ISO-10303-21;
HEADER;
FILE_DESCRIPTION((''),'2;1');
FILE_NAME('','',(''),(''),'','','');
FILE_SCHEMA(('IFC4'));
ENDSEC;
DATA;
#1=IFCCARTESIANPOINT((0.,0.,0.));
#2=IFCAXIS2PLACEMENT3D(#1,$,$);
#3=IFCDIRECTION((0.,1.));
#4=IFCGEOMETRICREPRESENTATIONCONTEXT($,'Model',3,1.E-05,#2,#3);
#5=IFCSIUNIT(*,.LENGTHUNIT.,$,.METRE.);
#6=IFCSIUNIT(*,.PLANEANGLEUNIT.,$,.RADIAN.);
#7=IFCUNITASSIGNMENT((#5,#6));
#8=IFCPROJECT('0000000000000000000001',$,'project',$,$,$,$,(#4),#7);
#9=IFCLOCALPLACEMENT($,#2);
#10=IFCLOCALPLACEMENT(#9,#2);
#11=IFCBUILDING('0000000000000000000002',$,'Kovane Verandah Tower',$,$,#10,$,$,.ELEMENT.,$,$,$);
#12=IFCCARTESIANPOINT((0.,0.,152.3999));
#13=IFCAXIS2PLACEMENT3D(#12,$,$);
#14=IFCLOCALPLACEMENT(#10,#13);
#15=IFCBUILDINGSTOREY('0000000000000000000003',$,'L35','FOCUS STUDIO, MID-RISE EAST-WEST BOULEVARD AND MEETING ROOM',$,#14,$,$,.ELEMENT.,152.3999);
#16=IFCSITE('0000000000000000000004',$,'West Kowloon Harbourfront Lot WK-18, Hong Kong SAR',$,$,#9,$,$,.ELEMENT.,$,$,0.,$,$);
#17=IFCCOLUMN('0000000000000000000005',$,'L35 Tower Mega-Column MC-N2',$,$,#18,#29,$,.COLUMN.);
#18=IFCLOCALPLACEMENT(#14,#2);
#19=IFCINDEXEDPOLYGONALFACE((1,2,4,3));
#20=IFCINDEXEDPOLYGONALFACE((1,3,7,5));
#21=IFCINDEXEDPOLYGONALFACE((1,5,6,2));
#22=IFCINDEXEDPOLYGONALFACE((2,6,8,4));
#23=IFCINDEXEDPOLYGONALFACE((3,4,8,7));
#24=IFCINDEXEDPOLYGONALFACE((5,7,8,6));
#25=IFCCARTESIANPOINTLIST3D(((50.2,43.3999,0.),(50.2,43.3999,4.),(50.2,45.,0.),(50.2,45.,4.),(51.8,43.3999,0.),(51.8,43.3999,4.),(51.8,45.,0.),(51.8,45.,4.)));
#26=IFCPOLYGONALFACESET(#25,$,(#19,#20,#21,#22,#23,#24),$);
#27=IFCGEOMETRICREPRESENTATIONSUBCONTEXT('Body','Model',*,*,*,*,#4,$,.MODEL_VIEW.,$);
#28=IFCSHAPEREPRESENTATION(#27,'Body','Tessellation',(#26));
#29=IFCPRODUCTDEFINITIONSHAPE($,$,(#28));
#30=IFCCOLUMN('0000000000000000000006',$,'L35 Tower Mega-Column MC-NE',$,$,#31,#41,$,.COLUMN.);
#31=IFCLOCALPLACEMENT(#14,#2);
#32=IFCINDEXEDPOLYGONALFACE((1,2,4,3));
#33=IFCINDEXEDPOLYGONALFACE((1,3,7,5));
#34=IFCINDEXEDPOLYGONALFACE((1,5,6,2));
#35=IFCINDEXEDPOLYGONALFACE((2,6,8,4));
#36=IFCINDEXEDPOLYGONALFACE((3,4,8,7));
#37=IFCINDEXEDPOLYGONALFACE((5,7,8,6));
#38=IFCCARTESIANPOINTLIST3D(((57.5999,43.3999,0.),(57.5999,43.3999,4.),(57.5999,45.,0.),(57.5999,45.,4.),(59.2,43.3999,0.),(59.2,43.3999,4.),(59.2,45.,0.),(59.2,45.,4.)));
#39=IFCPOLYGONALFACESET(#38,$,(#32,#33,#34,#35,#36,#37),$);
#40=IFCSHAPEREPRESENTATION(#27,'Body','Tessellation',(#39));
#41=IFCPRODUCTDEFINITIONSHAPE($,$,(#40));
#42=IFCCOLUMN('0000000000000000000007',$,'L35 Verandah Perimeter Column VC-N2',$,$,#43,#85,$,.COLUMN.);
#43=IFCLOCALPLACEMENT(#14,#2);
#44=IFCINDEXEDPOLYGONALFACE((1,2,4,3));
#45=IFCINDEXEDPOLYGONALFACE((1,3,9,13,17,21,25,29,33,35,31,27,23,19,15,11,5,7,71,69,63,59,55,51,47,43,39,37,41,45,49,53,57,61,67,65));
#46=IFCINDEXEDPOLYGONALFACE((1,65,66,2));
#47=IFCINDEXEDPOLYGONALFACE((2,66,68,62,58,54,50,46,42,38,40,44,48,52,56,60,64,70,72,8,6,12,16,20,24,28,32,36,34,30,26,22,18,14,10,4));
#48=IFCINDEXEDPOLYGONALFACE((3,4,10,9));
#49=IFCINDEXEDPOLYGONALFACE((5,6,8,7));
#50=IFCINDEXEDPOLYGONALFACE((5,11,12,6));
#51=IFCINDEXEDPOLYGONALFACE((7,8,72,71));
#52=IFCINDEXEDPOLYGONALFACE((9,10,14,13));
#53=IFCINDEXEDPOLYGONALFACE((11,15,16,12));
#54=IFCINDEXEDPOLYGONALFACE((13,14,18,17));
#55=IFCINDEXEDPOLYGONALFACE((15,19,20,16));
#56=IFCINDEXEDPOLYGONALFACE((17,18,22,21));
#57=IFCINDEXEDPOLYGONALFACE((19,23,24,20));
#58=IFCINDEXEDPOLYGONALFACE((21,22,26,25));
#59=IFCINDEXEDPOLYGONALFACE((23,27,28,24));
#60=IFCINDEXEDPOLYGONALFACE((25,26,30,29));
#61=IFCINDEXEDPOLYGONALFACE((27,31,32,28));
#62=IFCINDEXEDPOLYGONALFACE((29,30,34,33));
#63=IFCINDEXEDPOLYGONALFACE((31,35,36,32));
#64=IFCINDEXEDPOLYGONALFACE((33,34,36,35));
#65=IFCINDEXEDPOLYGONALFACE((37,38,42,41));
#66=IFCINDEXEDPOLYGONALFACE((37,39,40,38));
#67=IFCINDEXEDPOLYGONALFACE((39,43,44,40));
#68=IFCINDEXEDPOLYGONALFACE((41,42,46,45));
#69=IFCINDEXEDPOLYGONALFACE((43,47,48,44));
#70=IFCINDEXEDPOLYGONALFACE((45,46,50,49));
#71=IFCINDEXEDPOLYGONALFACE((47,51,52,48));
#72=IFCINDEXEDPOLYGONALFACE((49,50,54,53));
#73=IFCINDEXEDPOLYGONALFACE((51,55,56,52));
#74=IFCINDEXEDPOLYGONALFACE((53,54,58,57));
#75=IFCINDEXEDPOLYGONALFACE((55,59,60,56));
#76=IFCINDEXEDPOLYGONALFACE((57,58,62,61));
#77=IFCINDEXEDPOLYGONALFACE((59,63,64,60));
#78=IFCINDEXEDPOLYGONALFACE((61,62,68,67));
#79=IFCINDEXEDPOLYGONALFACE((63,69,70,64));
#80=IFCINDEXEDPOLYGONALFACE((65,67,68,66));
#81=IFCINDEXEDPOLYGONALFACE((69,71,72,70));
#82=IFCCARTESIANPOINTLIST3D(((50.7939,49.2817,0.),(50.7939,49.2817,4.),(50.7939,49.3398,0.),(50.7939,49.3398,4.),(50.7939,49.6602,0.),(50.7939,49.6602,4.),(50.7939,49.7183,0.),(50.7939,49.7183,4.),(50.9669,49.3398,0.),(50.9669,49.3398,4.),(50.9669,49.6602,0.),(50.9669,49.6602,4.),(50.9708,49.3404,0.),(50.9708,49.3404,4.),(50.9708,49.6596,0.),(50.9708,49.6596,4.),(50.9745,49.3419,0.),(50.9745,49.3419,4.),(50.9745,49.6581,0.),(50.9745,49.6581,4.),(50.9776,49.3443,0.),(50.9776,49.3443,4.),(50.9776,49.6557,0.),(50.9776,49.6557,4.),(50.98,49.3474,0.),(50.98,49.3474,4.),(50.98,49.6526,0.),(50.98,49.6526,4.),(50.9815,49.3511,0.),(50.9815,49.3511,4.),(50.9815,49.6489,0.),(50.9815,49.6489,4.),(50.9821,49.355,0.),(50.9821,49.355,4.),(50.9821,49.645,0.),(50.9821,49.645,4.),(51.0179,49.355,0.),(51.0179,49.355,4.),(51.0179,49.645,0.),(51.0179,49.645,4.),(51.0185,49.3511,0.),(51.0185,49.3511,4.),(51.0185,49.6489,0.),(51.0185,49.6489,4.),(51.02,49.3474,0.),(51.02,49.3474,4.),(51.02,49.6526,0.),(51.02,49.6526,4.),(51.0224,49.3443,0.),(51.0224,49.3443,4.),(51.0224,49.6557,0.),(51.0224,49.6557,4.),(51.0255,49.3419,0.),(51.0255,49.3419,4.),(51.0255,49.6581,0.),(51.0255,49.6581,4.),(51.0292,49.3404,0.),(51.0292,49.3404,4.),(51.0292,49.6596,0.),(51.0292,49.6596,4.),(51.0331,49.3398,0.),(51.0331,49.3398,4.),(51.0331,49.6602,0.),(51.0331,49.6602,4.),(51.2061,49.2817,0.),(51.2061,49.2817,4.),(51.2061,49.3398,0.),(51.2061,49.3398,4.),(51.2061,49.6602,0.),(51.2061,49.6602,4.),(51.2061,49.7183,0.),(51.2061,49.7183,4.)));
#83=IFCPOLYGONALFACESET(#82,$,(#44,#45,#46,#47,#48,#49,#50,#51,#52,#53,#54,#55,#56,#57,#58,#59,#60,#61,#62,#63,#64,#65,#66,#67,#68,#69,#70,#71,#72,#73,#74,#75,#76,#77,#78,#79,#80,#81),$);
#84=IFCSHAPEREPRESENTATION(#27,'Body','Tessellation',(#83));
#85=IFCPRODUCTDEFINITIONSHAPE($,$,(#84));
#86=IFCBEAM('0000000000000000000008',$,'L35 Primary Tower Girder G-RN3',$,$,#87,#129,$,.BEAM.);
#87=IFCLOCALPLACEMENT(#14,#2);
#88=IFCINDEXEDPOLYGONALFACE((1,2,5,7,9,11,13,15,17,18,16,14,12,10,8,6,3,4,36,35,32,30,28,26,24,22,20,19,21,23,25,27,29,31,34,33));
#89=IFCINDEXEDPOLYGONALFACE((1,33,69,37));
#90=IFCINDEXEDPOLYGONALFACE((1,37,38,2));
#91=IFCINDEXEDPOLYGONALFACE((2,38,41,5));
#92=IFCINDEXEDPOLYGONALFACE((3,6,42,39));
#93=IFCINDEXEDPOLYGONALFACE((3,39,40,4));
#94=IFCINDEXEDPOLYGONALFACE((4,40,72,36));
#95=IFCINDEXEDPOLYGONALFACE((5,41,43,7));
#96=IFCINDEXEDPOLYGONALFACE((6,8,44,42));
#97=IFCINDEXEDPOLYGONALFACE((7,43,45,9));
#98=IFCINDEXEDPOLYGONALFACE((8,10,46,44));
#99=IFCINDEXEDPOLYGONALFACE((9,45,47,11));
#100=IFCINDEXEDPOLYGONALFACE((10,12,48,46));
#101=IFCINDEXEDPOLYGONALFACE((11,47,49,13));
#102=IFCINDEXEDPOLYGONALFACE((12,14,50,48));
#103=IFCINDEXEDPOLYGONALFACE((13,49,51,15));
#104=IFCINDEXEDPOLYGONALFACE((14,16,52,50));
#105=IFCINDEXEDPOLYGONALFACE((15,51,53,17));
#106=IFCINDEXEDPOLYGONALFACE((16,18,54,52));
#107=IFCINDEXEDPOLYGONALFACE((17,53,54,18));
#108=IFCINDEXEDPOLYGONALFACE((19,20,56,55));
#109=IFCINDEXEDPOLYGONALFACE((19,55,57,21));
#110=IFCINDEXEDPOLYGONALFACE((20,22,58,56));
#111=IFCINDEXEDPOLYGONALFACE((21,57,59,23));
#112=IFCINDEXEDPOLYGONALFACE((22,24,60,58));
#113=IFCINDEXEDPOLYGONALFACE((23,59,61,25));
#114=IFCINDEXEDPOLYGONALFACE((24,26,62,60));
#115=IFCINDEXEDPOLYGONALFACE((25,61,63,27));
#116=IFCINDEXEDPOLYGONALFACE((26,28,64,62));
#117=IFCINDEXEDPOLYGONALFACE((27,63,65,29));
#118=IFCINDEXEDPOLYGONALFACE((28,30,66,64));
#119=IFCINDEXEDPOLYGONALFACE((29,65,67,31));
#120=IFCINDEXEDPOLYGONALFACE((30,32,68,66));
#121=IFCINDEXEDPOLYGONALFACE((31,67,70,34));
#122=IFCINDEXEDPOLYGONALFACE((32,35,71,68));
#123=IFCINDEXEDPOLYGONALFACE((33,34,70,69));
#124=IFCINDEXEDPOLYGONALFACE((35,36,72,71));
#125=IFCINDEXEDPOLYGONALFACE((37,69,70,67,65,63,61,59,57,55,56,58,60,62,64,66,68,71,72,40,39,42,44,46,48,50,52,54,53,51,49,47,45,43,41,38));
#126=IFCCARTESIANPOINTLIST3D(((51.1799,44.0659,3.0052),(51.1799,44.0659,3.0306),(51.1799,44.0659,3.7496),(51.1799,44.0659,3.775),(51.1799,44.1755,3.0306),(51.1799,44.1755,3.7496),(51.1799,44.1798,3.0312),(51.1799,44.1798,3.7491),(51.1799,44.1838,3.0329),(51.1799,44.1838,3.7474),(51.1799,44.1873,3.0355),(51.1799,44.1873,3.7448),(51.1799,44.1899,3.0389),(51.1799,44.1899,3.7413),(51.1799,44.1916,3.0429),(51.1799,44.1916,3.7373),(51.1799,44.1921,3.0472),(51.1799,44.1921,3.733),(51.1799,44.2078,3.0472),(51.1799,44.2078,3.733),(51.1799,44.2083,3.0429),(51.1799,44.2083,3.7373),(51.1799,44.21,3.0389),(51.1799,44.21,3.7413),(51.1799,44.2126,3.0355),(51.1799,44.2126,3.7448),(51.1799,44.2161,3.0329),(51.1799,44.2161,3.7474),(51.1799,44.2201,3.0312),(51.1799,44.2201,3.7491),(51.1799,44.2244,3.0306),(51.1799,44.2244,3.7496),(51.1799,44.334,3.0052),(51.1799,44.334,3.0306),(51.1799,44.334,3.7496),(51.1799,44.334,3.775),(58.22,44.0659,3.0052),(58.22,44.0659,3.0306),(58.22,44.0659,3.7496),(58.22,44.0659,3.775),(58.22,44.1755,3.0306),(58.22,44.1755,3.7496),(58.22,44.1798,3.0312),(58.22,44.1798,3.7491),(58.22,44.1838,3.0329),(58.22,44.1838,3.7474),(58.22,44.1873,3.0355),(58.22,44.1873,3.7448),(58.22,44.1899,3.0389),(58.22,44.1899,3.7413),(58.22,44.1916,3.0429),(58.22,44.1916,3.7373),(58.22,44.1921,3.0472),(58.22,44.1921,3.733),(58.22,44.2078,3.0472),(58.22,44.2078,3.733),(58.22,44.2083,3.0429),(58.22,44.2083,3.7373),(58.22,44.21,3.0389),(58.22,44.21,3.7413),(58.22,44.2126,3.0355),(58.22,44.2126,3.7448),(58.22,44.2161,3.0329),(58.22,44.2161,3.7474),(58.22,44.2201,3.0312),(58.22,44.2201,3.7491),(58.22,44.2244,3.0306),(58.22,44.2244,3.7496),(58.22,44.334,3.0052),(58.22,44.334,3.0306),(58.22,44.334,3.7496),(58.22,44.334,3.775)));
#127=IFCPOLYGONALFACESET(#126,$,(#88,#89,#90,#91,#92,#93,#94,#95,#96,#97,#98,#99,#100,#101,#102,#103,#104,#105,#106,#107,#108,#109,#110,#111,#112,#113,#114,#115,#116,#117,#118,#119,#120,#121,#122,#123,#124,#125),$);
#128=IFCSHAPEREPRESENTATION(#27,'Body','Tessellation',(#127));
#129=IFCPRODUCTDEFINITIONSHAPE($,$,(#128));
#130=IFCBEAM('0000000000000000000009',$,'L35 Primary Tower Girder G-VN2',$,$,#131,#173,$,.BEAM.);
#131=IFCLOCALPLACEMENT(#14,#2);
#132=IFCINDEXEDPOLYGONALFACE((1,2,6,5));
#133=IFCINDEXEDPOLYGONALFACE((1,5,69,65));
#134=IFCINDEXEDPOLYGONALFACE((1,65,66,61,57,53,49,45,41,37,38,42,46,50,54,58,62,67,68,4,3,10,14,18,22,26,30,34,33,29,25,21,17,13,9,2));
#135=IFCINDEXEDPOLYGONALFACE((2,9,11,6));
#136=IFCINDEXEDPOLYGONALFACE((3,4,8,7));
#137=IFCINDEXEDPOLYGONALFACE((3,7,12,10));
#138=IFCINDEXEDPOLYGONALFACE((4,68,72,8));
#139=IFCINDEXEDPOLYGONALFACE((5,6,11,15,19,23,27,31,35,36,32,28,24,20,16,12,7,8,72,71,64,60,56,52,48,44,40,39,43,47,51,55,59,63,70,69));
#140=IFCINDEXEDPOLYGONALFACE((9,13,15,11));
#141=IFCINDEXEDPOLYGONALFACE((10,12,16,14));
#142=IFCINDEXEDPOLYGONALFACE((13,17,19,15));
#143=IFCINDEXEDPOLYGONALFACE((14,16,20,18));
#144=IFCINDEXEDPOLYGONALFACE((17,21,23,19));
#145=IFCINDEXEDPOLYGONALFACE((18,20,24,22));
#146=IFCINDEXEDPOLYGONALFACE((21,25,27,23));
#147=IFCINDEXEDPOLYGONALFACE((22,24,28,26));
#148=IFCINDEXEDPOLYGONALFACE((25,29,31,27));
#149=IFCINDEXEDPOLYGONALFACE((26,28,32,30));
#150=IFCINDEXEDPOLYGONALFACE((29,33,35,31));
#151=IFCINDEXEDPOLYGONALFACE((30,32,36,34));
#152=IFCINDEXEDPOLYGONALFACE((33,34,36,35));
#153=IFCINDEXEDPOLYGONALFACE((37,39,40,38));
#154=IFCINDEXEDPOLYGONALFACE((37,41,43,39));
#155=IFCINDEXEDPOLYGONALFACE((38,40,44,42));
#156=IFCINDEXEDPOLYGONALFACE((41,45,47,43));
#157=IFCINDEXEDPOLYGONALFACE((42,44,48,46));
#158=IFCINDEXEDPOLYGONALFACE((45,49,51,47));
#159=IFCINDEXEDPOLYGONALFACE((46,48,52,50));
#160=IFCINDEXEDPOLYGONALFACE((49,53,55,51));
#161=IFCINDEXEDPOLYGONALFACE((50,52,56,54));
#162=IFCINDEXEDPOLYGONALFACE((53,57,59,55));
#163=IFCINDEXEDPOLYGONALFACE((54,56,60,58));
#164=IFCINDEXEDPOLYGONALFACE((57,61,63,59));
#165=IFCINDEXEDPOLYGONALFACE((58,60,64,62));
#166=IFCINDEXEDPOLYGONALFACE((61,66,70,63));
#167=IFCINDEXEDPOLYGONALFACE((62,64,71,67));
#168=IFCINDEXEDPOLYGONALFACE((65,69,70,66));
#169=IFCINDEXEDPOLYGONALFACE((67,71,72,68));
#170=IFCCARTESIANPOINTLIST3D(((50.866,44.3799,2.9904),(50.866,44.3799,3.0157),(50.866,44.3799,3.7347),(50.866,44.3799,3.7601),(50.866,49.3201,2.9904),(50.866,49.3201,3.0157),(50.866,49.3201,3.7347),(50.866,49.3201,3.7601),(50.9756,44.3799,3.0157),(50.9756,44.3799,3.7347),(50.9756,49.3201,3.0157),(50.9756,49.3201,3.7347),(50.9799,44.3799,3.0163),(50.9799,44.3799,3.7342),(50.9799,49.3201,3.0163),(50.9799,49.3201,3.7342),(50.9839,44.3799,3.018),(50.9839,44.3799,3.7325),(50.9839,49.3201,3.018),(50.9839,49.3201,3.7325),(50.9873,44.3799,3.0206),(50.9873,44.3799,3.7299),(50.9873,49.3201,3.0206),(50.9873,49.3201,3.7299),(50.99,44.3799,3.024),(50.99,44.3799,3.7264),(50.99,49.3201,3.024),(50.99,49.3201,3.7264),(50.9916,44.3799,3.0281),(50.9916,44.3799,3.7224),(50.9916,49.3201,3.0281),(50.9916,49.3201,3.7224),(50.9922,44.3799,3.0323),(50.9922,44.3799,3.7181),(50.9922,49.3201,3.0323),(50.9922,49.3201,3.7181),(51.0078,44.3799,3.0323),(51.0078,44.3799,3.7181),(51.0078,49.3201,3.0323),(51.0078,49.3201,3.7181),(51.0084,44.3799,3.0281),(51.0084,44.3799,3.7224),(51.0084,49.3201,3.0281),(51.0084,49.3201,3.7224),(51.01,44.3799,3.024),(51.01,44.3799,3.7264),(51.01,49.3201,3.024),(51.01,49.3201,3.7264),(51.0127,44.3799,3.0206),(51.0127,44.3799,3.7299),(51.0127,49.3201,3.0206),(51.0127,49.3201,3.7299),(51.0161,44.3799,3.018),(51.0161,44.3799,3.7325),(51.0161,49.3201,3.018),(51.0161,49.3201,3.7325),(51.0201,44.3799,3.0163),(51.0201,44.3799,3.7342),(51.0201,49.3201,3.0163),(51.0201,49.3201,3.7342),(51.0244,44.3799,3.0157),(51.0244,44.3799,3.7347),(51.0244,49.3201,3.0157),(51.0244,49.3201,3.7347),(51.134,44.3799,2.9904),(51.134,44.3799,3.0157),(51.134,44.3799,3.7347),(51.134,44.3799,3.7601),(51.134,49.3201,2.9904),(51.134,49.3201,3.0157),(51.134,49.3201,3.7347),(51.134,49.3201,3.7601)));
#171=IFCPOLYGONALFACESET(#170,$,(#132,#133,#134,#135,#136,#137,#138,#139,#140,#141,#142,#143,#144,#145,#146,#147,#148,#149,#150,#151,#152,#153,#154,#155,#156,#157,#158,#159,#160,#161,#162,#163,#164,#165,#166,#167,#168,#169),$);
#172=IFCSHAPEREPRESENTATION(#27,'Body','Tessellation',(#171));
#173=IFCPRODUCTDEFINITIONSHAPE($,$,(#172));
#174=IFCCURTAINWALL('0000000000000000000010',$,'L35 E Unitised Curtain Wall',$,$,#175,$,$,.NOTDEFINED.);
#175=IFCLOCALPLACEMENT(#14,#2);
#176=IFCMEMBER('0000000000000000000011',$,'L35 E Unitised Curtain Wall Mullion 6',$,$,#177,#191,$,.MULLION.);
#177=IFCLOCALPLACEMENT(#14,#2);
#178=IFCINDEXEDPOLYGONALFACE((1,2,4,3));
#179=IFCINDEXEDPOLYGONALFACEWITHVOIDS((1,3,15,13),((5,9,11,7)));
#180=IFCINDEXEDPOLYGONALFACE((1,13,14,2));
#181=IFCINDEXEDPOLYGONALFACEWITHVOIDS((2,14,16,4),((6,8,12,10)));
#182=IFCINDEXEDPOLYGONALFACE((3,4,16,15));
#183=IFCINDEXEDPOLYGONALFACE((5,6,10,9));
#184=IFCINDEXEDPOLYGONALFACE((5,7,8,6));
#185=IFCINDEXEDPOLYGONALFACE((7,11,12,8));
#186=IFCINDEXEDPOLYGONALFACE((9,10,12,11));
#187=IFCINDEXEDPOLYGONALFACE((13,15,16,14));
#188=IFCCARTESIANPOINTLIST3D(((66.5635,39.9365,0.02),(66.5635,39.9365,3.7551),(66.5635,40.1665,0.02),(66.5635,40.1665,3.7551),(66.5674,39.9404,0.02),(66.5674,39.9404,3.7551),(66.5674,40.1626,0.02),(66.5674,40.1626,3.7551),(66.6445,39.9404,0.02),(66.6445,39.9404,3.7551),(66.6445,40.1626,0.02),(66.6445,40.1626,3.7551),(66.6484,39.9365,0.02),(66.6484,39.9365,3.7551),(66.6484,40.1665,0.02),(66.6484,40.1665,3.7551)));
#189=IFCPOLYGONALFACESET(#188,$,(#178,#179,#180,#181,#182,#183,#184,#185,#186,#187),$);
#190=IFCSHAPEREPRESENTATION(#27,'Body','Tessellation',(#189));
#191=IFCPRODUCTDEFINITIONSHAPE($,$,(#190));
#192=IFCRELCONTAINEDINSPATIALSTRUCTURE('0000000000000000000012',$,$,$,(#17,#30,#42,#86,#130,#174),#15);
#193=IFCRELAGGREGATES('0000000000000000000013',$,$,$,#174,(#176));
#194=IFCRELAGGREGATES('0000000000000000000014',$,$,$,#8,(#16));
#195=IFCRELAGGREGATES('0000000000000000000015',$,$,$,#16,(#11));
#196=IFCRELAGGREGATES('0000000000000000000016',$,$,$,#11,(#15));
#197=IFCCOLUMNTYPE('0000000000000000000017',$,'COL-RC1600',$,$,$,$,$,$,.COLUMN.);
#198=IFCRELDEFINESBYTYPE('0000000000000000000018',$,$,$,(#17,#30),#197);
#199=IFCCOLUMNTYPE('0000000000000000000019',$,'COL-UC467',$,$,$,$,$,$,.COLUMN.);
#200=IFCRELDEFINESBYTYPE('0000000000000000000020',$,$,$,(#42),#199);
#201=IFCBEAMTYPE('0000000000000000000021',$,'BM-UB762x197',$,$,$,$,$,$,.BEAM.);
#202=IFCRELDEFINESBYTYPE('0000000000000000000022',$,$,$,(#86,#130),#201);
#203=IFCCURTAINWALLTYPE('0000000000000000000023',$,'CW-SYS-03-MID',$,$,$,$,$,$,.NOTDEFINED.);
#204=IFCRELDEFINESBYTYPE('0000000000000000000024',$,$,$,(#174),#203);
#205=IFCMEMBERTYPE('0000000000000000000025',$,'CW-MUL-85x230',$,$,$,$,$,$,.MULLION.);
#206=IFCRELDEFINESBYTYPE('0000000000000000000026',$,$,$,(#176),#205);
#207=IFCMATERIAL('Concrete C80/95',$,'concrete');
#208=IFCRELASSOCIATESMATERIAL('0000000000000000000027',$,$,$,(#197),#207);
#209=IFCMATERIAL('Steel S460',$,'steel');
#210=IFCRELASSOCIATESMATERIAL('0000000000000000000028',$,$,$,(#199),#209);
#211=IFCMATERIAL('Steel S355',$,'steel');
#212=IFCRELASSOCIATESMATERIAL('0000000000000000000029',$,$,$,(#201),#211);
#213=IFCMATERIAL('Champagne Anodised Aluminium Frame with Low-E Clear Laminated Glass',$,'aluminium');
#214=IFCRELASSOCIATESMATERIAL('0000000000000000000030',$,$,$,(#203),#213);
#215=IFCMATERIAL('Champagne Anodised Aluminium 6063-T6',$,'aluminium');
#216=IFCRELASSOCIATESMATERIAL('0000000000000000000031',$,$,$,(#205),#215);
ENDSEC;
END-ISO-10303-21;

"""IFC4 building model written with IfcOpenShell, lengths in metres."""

from ifc_helpers import new_model, si_unit, direction, frame, origin, origin_2d, place, context, subcontext, project, spatial, rectangle, hollow_rectangle, i_section, extrude, material, material_profile, profile_set, type_object, element, aggregate, save


model = new_model("IFC4")

# Units and contexts
model_context = context("Model", 3, precision=1e-05, world=origin(), true_north=direction((0.0, 1.0)))
body_context = subcontext(model_context, "Body", "Model", "MODEL_VIEW")
ifc_project = project(units=[si_unit("LENGTHUNIT", "METRE"), si_unit("PLANEANGLEUNIT", "RADIAN")], contexts=[model_context])

# Site, building, storey
site_placement = place(None, origin())
site = spatial("IfcSite", under=ifc_project, at=site_placement, Name="West Kowloon Harbourfront Lot WK-18, Hong Kong SAR", CompositionType="ELEMENT", RefElevation=0.0)
building_placement = place(site_placement, origin())
building = spatial("IfcBuilding", under=site, at=building_placement, Name="Kovane Verandah Tower", CompositionType="ELEMENT")
storey_placement = place(building_placement, frame((0.0, 0.0, 152.3999)))
storey = spatial("IfcBuildingStorey", under=building, at=storey_placement, Name="L35", Description="FOCUS STUDIO, MID-RISE EAST-WEST BOULEVARD AND MEETING ROOM", CompositionType="ELEMENT", Elevation=152.3999)

# Columns
ifc_material_1 = material(Name="Concrete C80/95", Category="concrete")
ifc_material_profile_1 = material_profile(ifc_material_1, rectangle(XDim=1.6001, YDim=1.6001, at=origin_2d()), Name="RC1600x1600")
ifc_profile_set_1 = profile_set([ifc_material_profile_1], Name="Concrete C80/95")
column_type_1 = type_object("IfcColumnType", Name="COL-RC1600", PredefinedType="COLUMN", material=ifc_profile_set_1)
for number, where, z_axis, x_axis, name in (
    (1, (51.0, 44.2, 0.0), (0.0, 0.0, 1.0), (1.0, 0.0, 0.0), "L35 Tower Mega-Column MC-N2"),
    (2, (58.3999, 44.2, 0.0), (0.0, 0.0, 1.0), (1.0, 0.0, 0.0), "L35 Tower Mega-Column MC-NE"),
):
    element("IfcColumn", number, at=place(storey_placement, frame(where, z_axis=z_axis, x_axis=x_axis)), inside=storey, type_object=column_type_1, Name=name, PredefinedType="COLUMN", context=body_context, shape_type="SweptSolid", body=[
        extrude(rectangle(XDim=1.6001, YDim=1.6001, at=origin_2d()), origin(), (0.0, 0.0, 1.0), 4.0),
    ])
ifc_material_2 = material(Name="Steel S460", Category="steel")
ifc_material_profile_2 = material_profile(ifc_material_2, i_section(OverallWidth=0.4121, OverallDepth=0.4365, WebThickness=0.0359, FlangeThickness=0.0581, FilletRadius=0.0151, at=origin_2d()), Name="UC356x406x467")
ifc_profile_set_2 = profile_set([ifc_material_profile_2], Name="Steel S460")
column_type_2 = type_object("IfcColumnType", Name="COL-UC467", PredefinedType="COLUMN", material=ifc_profile_set_2)
column_placement = place(storey_placement, frame((51.0, 49.5, 0.0), z_axis=(0.0, 0.0, 1.0), x_axis=(1.0, 0.0, 0.0)))
element("IfcColumn", 3, at=column_placement, inside=storey, type_object=column_type_2, Name="L35 Verandah Perimeter Column VC-N2", PredefinedType="COLUMN", context=body_context, shape_type="SweptSolid", body=[
    extrude(i_section(OverallWidth=0.4121, OverallDepth=0.4365, WebThickness=0.0359, FlangeThickness=0.0581, FilletRadius=0.0151, at=origin_2d()), origin(), (0.0, 0.0, 1.0), 4.0),
])

# Beams
ifc_material_3 = material(Name="Steel S355", Category="steel")
ifc_material_profile_3 = material_profile(ifc_material_3, i_section(OverallWidth=0.2681, OverallDepth=0.7698, WebThickness=0.0156, FlangeThickness=0.0254, FilletRadius=0.0166, at=origin_2d()), Name="UB762x267x197")
ifc_profile_set_3 = profile_set([ifc_material_profile_3], Name="Steel S355")
beam_type_1 = type_object("IfcBeamType", Name="BM-UB762x197", PredefinedType="BEAM", material=ifc_profile_set_3)
beam_1_placement = place(storey_placement, frame((51.1799, 44.2, 3.3901), z_axis=(1.0, 0.0, 0.0), x_axis=(0.0, 1.0, 0.0)))
element("IfcBeam", 4, at=beam_1_placement, inside=storey, type_object=beam_type_1, Name="L35 Primary Tower Girder G-RN3", PredefinedType="BEAM", context=body_context, shape_type="SweptSolid", body=[
    extrude(i_section(OverallWidth=0.2681, OverallDepth=0.7698, WebThickness=0.0156, FlangeThickness=0.0254, FilletRadius=0.0166, at=origin_2d()), origin(), (0.0, 0.0, 1.0), 7.04),
])
beam_2_placement = place(storey_placement, frame((51.0, 44.3799, 3.3752), z_axis=(0.0, 1.0, 0.0), x_axis=(-1.0, 0.0, 0.0)))
element("IfcBeam", 5, at=beam_2_placement, inside=storey, type_object=beam_type_1, Name="L35 Primary Tower Girder G-VN2", PredefinedType="BEAM", context=body_context, shape_type="SweptSolid", body=[
    extrude(i_section(OverallWidth=0.2681, OverallDepth=0.7698, WebThickness=0.0156, FlangeThickness=0.0254, FilletRadius=0.0166, at=origin_2d()), origin(), (0.0, 0.0, 1.0), 4.9402),
])

# Curtain wall, member
ifc_material_4 = material(Name="Champagne Anodised Aluminium Frame with Low-E Clear Laminated Glass", Category="aluminium")
curtain_wall_type = type_object("IfcCurtainWallType", Name="CW-SYS-03-MID", PredefinedType="NOTDEFINED", material=ifc_material_4)
curtain_wall_placement = place(storey_placement, origin())
curtain_wall = element("IfcCurtainWall", 6, at=curtain_wall_placement, inside=storey, type_object=curtain_wall_type, Name="L35 E Unitised Curtain Wall", PredefinedType="NOTDEFINED")
ifc_material_5 = material(Name="Champagne Anodised Aluminium 6063-T6", Category="aluminium")
ifc_material_profile_4 = material_profile(ifc_material_5, hollow_rectangle(XDim=0.085, YDim=0.23, WallThickness=0.0039, at=origin_2d()), Name="AL85x230x4")
ifc_profile_set_4 = profile_set([ifc_material_profile_4], Name="Champagne Anodised Aluminium 6063-T6")
member_type_1 = type_object("IfcMemberType", Name="CW-MUL-85x230", PredefinedType="MULLION", material=ifc_profile_set_4)
member_1_placement = place(storey_placement, frame((66.606, 40.0515, 0.02), z_axis=(0.0, 0.0, 1.0), x_axis=(1.0, 0.0, 0.0)))
member_1 = element("IfcMember", 7, at=member_1_placement, type_object=member_type_1, Name="L35 E Unitised Curtain Wall Mullion 6", PredefinedType="MULLION", context=body_context, shape_type="SweptSolid", body=[
    extrude(hollow_rectangle(XDim=0.085, YDim=0.23, WallThickness=0.0039, at=origin_2d()), origin(), (0.0, 0.0, 1.0), 3.7351),
])

aggregate(curtain_wall, [member_1])

save(model, "model.ifc")
